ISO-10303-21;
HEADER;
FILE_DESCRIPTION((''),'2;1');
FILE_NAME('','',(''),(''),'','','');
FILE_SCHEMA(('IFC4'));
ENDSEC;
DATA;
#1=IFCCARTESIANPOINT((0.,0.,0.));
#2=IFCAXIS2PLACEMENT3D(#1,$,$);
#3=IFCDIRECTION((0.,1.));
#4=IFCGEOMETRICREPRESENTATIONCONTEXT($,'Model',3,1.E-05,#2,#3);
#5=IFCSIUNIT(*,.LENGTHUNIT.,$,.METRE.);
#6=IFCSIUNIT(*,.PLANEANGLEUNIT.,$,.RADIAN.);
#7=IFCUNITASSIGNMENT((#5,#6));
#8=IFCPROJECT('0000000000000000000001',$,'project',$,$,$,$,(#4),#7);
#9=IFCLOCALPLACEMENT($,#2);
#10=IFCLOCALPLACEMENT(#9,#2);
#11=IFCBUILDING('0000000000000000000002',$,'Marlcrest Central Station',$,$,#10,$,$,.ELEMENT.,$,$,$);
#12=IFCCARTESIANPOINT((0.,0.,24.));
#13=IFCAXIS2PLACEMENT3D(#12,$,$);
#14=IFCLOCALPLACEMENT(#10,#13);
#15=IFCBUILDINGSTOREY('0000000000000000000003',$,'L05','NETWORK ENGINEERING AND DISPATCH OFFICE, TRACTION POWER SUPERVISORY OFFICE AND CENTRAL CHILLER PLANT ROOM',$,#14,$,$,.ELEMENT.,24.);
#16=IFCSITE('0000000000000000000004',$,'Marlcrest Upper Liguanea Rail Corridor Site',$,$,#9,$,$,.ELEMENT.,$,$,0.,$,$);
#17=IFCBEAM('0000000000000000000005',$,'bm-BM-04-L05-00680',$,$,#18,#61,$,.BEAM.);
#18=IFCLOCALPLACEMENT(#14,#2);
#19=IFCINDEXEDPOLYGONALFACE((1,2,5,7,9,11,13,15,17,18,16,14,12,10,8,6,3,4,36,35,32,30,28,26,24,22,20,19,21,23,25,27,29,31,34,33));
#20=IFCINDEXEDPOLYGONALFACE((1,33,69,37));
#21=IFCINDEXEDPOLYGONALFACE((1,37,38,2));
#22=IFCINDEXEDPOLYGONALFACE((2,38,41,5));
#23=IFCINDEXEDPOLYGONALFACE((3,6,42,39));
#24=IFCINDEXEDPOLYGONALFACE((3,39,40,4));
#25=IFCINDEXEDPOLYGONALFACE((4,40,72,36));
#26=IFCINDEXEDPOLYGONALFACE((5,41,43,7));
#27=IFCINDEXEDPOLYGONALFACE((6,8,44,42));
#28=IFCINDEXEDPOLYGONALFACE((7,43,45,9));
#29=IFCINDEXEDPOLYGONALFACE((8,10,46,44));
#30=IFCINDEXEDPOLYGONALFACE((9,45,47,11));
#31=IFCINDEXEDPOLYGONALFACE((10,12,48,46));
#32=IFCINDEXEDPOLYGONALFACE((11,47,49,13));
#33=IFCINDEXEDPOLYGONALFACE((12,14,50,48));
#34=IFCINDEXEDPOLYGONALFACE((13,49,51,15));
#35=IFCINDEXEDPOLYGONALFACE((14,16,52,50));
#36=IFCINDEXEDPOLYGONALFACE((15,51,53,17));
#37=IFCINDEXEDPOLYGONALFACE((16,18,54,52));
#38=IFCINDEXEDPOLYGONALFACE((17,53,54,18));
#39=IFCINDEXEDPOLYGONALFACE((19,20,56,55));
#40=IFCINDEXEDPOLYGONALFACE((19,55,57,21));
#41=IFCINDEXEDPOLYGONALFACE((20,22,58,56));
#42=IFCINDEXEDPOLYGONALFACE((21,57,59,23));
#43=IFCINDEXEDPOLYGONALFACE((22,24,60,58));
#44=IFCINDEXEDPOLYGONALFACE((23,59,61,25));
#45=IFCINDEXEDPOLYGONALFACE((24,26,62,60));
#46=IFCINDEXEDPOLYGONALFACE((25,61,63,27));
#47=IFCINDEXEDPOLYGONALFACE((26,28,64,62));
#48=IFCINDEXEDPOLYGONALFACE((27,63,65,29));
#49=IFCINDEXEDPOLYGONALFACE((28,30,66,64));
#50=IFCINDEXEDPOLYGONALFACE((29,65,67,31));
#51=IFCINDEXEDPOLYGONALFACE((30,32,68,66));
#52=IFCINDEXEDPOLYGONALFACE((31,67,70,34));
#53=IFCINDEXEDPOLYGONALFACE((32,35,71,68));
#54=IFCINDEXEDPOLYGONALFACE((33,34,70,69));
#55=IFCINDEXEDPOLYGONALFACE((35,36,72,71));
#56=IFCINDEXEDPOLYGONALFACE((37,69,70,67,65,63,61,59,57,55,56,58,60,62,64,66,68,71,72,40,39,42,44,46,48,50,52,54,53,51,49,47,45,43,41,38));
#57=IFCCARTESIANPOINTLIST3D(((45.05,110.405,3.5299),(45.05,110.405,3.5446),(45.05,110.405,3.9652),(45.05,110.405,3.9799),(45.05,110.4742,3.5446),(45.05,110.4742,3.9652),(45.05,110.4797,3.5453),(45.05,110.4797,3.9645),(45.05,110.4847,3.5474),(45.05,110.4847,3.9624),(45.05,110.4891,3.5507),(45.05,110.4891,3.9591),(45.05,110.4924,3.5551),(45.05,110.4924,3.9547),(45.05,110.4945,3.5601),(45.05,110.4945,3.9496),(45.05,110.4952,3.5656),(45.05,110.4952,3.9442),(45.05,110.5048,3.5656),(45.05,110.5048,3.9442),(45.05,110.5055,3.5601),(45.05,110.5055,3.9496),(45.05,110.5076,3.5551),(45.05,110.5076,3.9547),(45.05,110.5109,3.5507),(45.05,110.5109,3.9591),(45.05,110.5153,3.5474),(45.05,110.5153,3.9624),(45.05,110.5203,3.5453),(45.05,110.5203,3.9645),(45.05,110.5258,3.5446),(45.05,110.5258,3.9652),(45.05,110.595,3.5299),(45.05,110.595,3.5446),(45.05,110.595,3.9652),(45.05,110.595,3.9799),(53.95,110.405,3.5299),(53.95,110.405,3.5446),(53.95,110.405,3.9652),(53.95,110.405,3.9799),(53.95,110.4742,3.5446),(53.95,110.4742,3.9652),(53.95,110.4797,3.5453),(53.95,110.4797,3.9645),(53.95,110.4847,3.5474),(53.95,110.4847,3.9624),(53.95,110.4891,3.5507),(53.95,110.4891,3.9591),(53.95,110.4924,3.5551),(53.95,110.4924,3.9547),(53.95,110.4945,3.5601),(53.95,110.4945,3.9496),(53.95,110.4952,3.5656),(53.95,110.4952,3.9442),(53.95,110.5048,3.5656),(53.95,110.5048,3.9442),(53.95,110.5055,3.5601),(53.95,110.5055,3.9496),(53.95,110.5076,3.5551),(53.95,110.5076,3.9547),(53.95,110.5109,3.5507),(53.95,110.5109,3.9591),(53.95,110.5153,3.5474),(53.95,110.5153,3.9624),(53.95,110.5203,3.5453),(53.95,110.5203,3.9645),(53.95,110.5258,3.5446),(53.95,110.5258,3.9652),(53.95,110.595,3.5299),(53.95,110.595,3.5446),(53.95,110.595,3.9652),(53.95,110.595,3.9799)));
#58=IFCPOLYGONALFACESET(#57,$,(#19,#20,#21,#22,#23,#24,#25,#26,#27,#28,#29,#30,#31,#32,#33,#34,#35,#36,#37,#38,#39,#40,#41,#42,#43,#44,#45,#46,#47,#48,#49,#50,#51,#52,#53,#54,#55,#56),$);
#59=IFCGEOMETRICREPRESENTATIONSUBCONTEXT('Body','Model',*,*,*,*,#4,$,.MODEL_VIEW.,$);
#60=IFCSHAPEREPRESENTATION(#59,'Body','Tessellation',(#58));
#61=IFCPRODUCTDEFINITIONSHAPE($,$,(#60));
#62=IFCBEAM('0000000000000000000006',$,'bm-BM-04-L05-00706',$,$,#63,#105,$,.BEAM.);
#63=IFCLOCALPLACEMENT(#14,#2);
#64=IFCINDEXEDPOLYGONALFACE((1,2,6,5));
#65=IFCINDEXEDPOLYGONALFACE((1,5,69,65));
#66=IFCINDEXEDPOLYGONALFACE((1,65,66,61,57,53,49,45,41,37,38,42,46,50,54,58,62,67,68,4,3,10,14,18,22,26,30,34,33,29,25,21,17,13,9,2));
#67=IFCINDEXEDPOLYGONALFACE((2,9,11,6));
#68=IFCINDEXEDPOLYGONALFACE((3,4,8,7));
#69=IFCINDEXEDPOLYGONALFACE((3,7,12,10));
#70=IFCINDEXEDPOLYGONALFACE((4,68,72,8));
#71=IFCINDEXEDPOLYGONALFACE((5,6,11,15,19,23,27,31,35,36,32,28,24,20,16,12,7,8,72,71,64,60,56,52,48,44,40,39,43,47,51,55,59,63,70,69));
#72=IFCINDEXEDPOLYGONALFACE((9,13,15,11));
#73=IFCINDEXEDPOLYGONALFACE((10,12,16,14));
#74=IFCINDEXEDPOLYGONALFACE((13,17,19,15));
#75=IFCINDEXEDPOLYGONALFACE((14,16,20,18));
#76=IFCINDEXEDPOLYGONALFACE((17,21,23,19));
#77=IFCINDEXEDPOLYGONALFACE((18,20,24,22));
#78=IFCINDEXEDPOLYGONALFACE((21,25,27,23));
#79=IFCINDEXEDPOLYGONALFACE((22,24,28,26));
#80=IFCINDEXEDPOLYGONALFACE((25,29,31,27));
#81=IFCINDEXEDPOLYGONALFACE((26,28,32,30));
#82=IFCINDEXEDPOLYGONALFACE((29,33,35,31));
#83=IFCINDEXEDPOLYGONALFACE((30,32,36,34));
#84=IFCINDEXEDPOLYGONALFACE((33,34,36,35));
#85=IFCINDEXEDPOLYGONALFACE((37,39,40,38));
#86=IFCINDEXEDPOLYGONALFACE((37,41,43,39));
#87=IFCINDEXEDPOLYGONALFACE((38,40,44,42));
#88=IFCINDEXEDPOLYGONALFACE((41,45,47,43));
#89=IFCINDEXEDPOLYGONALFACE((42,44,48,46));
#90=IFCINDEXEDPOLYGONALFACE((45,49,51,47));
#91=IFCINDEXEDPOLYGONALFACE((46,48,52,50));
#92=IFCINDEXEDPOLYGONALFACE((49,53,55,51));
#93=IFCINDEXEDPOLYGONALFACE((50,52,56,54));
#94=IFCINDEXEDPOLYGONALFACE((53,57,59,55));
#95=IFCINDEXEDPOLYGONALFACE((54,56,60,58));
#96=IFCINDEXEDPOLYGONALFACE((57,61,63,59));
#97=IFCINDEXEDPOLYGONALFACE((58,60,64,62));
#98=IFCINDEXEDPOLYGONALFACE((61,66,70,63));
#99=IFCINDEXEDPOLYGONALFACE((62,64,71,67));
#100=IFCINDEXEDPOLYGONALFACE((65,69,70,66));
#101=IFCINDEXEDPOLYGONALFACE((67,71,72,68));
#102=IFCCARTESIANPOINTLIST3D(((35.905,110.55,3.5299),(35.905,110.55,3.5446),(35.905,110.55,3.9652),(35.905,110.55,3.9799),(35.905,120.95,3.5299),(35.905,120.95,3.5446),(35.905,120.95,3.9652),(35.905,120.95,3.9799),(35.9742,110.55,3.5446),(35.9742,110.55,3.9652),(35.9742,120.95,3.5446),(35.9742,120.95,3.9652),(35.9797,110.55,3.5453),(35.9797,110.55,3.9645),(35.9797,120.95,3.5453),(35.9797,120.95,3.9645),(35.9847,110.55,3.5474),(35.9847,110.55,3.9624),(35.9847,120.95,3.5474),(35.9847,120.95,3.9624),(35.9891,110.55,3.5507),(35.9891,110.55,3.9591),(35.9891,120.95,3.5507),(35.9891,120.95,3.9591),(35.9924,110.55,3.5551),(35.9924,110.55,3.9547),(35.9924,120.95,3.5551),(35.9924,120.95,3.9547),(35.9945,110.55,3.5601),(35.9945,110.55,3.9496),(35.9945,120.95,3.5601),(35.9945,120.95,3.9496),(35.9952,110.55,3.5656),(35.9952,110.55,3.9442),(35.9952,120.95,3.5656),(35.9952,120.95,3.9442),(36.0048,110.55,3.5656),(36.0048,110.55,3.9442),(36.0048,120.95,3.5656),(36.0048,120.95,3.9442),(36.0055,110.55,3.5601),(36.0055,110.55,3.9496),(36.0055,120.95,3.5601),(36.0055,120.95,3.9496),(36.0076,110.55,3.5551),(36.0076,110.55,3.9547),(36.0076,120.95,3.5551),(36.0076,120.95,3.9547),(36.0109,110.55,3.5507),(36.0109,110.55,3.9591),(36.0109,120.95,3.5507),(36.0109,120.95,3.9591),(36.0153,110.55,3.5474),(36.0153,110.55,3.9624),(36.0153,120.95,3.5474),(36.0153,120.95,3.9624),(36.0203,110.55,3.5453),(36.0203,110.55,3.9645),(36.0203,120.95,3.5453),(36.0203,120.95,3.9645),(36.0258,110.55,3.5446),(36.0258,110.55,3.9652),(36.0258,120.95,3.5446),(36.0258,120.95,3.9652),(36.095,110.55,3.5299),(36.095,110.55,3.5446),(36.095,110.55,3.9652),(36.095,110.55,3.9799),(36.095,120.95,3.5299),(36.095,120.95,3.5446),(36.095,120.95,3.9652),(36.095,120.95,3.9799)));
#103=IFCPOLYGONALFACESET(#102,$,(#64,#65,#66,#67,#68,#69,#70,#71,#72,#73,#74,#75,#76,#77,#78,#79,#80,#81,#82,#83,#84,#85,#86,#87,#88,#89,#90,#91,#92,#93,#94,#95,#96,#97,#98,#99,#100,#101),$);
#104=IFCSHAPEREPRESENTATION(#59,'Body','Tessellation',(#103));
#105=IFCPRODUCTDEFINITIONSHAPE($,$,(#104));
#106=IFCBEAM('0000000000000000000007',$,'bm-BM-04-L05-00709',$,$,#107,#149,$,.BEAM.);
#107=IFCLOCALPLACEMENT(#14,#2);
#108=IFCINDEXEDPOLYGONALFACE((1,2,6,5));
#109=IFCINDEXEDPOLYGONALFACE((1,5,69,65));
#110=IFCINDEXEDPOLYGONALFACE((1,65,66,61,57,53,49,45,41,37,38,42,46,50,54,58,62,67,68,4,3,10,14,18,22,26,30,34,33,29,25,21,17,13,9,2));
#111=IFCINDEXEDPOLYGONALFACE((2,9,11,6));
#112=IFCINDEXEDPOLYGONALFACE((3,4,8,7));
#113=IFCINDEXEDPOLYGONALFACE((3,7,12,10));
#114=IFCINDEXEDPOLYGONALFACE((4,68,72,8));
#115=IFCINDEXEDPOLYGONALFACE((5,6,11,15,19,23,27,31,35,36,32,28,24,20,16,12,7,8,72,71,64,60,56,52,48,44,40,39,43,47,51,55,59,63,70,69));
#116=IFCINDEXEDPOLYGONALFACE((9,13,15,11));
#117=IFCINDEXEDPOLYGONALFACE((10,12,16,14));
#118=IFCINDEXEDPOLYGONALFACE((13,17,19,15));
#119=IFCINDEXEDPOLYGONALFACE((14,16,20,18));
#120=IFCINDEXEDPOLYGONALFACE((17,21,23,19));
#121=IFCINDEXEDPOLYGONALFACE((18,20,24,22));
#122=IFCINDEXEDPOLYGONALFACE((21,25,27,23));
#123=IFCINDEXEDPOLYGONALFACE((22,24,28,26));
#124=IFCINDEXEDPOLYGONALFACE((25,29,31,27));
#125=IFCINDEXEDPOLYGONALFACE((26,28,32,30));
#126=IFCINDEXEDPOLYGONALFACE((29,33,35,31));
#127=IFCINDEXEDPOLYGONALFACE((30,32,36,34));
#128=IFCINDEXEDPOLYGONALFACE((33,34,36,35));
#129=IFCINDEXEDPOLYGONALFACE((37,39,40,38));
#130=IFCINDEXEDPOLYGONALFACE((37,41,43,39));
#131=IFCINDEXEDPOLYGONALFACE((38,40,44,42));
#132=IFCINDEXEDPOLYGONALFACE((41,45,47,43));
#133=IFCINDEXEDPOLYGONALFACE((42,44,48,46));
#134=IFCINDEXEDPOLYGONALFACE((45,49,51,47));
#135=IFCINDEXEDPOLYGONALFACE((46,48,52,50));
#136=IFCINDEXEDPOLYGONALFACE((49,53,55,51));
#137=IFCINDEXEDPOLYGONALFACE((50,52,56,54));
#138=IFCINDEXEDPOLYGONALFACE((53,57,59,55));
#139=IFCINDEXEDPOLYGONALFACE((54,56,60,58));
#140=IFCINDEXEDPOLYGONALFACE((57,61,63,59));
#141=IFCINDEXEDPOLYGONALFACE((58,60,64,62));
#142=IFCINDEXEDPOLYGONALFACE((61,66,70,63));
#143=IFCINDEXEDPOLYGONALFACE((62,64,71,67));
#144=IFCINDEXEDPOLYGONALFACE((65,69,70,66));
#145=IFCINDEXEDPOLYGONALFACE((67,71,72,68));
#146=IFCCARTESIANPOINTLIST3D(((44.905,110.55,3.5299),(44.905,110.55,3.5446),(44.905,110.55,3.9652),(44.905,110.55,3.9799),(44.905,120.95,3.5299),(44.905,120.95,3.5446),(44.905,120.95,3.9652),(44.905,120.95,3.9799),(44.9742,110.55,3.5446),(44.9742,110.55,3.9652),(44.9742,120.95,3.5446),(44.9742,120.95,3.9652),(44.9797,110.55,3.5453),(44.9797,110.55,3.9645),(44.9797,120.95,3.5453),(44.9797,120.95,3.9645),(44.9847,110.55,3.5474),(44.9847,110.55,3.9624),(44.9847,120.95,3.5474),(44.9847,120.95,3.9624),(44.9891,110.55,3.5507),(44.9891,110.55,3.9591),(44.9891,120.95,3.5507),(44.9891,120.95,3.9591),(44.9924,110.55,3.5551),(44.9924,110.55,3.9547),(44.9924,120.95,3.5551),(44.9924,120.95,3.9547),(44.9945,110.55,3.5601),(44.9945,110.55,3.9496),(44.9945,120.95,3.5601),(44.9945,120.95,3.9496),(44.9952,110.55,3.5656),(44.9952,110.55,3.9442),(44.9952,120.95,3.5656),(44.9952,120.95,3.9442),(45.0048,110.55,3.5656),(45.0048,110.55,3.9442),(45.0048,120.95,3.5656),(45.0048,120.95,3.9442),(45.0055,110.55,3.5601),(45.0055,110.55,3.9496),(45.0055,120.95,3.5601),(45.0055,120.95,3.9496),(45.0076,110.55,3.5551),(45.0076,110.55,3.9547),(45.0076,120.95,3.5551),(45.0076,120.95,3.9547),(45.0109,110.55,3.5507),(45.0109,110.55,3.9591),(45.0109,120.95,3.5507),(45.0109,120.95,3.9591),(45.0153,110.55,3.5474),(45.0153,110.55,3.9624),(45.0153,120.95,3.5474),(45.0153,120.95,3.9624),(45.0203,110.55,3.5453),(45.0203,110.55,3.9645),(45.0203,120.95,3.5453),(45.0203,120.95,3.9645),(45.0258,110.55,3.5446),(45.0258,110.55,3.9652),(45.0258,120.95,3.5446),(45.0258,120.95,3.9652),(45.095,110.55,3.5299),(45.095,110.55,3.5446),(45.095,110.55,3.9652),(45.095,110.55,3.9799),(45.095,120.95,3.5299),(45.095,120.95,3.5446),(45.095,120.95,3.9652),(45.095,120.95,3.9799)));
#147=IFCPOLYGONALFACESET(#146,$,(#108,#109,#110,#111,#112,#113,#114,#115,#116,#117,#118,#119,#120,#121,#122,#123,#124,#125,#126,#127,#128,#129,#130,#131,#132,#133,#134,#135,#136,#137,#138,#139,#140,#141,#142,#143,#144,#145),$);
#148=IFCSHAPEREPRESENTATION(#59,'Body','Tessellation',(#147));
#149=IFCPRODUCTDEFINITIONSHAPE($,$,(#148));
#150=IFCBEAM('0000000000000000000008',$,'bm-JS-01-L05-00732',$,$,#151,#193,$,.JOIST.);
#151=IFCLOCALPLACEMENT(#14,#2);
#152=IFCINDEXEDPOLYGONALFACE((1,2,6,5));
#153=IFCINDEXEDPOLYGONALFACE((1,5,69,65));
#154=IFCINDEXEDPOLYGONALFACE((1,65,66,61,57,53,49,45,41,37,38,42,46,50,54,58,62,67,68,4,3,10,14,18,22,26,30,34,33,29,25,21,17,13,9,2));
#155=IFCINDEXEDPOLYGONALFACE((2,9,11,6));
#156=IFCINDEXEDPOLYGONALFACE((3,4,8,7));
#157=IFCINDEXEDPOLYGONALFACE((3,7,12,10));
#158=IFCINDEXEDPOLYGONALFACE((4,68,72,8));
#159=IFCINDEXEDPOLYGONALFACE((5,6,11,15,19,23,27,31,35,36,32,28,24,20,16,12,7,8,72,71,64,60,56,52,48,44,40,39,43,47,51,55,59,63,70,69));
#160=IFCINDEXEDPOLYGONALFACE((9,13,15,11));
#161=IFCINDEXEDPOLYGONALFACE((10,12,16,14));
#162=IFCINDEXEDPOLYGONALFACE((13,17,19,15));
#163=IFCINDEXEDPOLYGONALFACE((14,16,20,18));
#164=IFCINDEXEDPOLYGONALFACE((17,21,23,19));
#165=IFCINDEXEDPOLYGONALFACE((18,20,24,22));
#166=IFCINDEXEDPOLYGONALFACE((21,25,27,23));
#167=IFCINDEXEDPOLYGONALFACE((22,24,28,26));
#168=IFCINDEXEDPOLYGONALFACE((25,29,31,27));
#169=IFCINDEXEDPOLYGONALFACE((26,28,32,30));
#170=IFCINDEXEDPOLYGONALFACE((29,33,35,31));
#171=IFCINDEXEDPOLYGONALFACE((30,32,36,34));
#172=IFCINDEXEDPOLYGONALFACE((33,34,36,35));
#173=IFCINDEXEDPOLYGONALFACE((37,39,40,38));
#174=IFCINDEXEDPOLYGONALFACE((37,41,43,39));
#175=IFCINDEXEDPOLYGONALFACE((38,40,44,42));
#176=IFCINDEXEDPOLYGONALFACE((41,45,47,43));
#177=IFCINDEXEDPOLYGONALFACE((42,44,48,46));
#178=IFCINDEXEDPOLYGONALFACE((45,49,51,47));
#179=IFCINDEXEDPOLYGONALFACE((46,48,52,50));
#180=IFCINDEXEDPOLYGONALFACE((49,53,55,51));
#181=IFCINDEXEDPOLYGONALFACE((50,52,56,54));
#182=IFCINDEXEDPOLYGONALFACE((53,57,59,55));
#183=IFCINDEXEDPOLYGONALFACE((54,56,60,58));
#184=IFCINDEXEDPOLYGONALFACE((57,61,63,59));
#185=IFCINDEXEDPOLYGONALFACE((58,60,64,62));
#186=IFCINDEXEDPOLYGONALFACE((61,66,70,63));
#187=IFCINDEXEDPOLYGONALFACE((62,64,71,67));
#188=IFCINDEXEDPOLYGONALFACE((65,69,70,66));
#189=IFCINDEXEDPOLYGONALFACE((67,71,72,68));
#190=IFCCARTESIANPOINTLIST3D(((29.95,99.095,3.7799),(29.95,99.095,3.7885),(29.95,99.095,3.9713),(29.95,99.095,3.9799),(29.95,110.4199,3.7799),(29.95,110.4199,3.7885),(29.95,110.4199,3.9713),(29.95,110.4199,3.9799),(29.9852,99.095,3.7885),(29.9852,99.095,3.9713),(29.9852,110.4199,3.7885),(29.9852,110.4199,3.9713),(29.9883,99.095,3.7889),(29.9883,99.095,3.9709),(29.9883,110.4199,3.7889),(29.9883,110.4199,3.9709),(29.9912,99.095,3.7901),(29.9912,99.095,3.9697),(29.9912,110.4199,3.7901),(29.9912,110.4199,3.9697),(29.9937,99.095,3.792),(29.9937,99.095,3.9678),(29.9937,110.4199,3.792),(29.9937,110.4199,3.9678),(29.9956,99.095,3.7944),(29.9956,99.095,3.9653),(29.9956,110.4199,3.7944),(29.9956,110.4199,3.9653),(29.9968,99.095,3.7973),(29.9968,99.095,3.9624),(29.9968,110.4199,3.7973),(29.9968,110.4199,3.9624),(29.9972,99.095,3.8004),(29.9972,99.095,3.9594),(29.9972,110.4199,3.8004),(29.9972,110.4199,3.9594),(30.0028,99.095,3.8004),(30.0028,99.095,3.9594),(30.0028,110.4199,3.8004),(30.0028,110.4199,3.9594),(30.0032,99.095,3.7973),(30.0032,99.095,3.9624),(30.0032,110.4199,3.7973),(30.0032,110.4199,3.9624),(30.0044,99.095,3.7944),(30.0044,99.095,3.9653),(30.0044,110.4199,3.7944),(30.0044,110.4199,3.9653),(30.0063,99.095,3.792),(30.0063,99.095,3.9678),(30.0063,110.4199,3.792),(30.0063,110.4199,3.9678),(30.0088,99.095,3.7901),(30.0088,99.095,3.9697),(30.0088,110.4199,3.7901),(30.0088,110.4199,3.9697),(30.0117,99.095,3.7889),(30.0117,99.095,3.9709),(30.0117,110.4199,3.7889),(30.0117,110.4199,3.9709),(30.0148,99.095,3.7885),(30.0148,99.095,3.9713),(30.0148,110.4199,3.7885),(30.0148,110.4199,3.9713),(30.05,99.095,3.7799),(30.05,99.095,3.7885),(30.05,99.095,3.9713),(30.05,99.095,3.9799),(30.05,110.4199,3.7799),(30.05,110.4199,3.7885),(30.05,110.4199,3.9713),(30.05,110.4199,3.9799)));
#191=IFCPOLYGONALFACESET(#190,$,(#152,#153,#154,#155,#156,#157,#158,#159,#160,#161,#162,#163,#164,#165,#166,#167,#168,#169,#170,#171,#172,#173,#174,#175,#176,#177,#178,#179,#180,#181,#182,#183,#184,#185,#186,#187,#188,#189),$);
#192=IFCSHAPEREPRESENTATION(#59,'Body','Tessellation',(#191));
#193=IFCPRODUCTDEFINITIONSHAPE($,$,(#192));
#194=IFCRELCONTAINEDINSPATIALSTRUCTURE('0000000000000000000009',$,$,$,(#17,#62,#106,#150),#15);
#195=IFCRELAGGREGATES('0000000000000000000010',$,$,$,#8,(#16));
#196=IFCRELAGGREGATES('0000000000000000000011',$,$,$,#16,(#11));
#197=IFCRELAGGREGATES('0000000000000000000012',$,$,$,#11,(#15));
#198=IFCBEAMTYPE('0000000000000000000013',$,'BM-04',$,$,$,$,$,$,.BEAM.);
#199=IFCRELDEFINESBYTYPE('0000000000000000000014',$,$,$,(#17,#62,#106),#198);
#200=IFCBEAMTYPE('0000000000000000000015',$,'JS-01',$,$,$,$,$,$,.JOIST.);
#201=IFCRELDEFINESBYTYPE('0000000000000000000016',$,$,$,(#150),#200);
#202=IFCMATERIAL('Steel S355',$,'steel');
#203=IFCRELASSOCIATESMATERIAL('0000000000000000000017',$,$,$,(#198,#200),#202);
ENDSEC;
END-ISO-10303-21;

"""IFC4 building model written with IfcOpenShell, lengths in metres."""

from ifc_helpers import new_model, si_unit, direction, frame, origin, origin_2d, place, context, subcontext, project, spatial, i_section, extrude, material, material_profile, profile_set, type_object, element, save


model = new_model("IFC4")

# Units and contexts
model_context = context("Model", 3, precision=1e-05, world=origin(), true_north=direction((0.0, 1.0)))
body_context = subcontext(model_context, "Body", "Model", "MODEL_VIEW")
ifc_project = project(units=[si_unit("LENGTHUNIT", "METRE"), si_unit("PLANEANGLEUNIT", "RADIAN")], contexts=[model_context])

# Site, building, storey
site_placement = place(None, origin())
site = spatial("IfcSite", under=ifc_project, at=site_placement, Name="Marlcrest Upper Liguanea Rail Corridor Site", CompositionType="ELEMENT", RefElevation=0.0)
building_placement = place(site_placement, origin())
building = spatial("IfcBuilding", under=site, at=building_placement, Name="Marlcrest Central Station", CompositionType="ELEMENT")
storey_placement = place(building_placement, frame((0.0, 0.0, 24.0)))
storey = spatial("IfcBuildingStorey", under=building, at=storey_placement, Name="L05", Description="NETWORK ENGINEERING AND DISPATCH OFFICE, TRACTION POWER SUPERVISORY OFFICE AND CENTRAL CHILLER PLANT ROOM", CompositionType="ELEMENT", Elevation=24.0)

# Shared definitions
ifc_material_1 = material(Name="Steel S355", Category="steel")

# Beams
ifc_material_profile_1 = material_profile(ifc_material_1, i_section(OverallWidth=0.1899, OverallDepth=0.45, WebThickness=0.0095, FlangeThickness=0.0146, FilletRadius=0.021, at=origin_2d()), Name="IPE 450")
ifc_profile_set_1 = profile_set([ifc_material_profile_1], Name="Steel S355")
beam_type_1 = type_object("IfcBeamType", Name="BM-04", PredefinedType="BEAM", material=ifc_profile_set_1)
for number, where, z_axis, x_axis, name in (
    (1, (45.05, 110.5, 3.7549), (1.0, 0.0, 0.0), (0.0, 1.0, 0.0), "bm-BM-04-L05-00680"),
):
    element("IfcBeam", number, at=place(storey_placement, frame(where, z_axis=z_axis, x_axis=x_axis)), inside=storey, type_object=beam_type_1, Name=name, PredefinedType="BEAM", context=body_context, shape_type="SweptSolid", body=[
        extrude(i_section(OverallWidth=0.1899, OverallDepth=0.45, WebThickness=0.0095, FlangeThickness=0.0146, FilletRadius=0.021, at=origin_2d()), origin(), (0.0, 0.0, 1.0), 8.8999),
    ])
for number, where, z_axis, x_axis, name in (
    (2, (36.0, 110.55, 3.7549), (0.0, 1.0, 0.0), (-1.0, 0.0, 0.0), "bm-BM-04-L05-00706"),
    (3, (45.0, 110.55, 3.7549), (0.0, 1.0, 0.0), (-1.0, 0.0, 0.0), "bm-BM-04-L05-00709"),
):
    element("IfcBeam", number, at=place(storey_placement, frame(where, z_axis=z_axis, x_axis=x_axis)), inside=storey, type_object=beam_type_1, Name=name, PredefinedType="BEAM", context=body_context, shape_type="SweptSolid", body=[
        extrude(i_section(OverallWidth=0.1899, OverallDepth=0.45, WebThickness=0.0095, FlangeThickness=0.0146, FilletRadius=0.021, at=origin_2d()), origin(), (0.0, 0.0, 1.0), 10.3999),
    ])
ifc_material_profile_2 = material_profile(ifc_material_1, i_section(OverallWidth=0.1001, OverallDepth=0.2, WebThickness=0.0056, FlangeThickness=0.0085, FilletRadius=0.012, at=origin_2d()), Name="IPE 200")
ifc_profile_set_2 = profile_set([ifc_material_profile_2], Name="Steel S355")
beam_type_2 = type_object("IfcBeamType", Name="JS-01", PredefinedType="JOIST", material=ifc_profile_set_2)
beam_1_placement = place(storey_placement, frame((30.0, 99.095, 3.8799), z_axis=(0.0, 1.0, 0.0), x_axis=(-1.0, 0.0, 0.0)))
element("IfcBeam", 4, at=beam_1_placement, inside=storey, type_object=beam_type_2, Name="bm-JS-01-L05-00732", PredefinedType="JOIST", context=body_context, shape_type="SweptSolid", body=[
    extrude(i_section(OverallWidth=0.1001, OverallDepth=0.2, WebThickness=0.0056, FlangeThickness=0.0085, FilletRadius=0.012, at=origin_2d()), origin(), (0.0, 0.0, 1.0), 11.325),
])

save(model, "model.ifc")
